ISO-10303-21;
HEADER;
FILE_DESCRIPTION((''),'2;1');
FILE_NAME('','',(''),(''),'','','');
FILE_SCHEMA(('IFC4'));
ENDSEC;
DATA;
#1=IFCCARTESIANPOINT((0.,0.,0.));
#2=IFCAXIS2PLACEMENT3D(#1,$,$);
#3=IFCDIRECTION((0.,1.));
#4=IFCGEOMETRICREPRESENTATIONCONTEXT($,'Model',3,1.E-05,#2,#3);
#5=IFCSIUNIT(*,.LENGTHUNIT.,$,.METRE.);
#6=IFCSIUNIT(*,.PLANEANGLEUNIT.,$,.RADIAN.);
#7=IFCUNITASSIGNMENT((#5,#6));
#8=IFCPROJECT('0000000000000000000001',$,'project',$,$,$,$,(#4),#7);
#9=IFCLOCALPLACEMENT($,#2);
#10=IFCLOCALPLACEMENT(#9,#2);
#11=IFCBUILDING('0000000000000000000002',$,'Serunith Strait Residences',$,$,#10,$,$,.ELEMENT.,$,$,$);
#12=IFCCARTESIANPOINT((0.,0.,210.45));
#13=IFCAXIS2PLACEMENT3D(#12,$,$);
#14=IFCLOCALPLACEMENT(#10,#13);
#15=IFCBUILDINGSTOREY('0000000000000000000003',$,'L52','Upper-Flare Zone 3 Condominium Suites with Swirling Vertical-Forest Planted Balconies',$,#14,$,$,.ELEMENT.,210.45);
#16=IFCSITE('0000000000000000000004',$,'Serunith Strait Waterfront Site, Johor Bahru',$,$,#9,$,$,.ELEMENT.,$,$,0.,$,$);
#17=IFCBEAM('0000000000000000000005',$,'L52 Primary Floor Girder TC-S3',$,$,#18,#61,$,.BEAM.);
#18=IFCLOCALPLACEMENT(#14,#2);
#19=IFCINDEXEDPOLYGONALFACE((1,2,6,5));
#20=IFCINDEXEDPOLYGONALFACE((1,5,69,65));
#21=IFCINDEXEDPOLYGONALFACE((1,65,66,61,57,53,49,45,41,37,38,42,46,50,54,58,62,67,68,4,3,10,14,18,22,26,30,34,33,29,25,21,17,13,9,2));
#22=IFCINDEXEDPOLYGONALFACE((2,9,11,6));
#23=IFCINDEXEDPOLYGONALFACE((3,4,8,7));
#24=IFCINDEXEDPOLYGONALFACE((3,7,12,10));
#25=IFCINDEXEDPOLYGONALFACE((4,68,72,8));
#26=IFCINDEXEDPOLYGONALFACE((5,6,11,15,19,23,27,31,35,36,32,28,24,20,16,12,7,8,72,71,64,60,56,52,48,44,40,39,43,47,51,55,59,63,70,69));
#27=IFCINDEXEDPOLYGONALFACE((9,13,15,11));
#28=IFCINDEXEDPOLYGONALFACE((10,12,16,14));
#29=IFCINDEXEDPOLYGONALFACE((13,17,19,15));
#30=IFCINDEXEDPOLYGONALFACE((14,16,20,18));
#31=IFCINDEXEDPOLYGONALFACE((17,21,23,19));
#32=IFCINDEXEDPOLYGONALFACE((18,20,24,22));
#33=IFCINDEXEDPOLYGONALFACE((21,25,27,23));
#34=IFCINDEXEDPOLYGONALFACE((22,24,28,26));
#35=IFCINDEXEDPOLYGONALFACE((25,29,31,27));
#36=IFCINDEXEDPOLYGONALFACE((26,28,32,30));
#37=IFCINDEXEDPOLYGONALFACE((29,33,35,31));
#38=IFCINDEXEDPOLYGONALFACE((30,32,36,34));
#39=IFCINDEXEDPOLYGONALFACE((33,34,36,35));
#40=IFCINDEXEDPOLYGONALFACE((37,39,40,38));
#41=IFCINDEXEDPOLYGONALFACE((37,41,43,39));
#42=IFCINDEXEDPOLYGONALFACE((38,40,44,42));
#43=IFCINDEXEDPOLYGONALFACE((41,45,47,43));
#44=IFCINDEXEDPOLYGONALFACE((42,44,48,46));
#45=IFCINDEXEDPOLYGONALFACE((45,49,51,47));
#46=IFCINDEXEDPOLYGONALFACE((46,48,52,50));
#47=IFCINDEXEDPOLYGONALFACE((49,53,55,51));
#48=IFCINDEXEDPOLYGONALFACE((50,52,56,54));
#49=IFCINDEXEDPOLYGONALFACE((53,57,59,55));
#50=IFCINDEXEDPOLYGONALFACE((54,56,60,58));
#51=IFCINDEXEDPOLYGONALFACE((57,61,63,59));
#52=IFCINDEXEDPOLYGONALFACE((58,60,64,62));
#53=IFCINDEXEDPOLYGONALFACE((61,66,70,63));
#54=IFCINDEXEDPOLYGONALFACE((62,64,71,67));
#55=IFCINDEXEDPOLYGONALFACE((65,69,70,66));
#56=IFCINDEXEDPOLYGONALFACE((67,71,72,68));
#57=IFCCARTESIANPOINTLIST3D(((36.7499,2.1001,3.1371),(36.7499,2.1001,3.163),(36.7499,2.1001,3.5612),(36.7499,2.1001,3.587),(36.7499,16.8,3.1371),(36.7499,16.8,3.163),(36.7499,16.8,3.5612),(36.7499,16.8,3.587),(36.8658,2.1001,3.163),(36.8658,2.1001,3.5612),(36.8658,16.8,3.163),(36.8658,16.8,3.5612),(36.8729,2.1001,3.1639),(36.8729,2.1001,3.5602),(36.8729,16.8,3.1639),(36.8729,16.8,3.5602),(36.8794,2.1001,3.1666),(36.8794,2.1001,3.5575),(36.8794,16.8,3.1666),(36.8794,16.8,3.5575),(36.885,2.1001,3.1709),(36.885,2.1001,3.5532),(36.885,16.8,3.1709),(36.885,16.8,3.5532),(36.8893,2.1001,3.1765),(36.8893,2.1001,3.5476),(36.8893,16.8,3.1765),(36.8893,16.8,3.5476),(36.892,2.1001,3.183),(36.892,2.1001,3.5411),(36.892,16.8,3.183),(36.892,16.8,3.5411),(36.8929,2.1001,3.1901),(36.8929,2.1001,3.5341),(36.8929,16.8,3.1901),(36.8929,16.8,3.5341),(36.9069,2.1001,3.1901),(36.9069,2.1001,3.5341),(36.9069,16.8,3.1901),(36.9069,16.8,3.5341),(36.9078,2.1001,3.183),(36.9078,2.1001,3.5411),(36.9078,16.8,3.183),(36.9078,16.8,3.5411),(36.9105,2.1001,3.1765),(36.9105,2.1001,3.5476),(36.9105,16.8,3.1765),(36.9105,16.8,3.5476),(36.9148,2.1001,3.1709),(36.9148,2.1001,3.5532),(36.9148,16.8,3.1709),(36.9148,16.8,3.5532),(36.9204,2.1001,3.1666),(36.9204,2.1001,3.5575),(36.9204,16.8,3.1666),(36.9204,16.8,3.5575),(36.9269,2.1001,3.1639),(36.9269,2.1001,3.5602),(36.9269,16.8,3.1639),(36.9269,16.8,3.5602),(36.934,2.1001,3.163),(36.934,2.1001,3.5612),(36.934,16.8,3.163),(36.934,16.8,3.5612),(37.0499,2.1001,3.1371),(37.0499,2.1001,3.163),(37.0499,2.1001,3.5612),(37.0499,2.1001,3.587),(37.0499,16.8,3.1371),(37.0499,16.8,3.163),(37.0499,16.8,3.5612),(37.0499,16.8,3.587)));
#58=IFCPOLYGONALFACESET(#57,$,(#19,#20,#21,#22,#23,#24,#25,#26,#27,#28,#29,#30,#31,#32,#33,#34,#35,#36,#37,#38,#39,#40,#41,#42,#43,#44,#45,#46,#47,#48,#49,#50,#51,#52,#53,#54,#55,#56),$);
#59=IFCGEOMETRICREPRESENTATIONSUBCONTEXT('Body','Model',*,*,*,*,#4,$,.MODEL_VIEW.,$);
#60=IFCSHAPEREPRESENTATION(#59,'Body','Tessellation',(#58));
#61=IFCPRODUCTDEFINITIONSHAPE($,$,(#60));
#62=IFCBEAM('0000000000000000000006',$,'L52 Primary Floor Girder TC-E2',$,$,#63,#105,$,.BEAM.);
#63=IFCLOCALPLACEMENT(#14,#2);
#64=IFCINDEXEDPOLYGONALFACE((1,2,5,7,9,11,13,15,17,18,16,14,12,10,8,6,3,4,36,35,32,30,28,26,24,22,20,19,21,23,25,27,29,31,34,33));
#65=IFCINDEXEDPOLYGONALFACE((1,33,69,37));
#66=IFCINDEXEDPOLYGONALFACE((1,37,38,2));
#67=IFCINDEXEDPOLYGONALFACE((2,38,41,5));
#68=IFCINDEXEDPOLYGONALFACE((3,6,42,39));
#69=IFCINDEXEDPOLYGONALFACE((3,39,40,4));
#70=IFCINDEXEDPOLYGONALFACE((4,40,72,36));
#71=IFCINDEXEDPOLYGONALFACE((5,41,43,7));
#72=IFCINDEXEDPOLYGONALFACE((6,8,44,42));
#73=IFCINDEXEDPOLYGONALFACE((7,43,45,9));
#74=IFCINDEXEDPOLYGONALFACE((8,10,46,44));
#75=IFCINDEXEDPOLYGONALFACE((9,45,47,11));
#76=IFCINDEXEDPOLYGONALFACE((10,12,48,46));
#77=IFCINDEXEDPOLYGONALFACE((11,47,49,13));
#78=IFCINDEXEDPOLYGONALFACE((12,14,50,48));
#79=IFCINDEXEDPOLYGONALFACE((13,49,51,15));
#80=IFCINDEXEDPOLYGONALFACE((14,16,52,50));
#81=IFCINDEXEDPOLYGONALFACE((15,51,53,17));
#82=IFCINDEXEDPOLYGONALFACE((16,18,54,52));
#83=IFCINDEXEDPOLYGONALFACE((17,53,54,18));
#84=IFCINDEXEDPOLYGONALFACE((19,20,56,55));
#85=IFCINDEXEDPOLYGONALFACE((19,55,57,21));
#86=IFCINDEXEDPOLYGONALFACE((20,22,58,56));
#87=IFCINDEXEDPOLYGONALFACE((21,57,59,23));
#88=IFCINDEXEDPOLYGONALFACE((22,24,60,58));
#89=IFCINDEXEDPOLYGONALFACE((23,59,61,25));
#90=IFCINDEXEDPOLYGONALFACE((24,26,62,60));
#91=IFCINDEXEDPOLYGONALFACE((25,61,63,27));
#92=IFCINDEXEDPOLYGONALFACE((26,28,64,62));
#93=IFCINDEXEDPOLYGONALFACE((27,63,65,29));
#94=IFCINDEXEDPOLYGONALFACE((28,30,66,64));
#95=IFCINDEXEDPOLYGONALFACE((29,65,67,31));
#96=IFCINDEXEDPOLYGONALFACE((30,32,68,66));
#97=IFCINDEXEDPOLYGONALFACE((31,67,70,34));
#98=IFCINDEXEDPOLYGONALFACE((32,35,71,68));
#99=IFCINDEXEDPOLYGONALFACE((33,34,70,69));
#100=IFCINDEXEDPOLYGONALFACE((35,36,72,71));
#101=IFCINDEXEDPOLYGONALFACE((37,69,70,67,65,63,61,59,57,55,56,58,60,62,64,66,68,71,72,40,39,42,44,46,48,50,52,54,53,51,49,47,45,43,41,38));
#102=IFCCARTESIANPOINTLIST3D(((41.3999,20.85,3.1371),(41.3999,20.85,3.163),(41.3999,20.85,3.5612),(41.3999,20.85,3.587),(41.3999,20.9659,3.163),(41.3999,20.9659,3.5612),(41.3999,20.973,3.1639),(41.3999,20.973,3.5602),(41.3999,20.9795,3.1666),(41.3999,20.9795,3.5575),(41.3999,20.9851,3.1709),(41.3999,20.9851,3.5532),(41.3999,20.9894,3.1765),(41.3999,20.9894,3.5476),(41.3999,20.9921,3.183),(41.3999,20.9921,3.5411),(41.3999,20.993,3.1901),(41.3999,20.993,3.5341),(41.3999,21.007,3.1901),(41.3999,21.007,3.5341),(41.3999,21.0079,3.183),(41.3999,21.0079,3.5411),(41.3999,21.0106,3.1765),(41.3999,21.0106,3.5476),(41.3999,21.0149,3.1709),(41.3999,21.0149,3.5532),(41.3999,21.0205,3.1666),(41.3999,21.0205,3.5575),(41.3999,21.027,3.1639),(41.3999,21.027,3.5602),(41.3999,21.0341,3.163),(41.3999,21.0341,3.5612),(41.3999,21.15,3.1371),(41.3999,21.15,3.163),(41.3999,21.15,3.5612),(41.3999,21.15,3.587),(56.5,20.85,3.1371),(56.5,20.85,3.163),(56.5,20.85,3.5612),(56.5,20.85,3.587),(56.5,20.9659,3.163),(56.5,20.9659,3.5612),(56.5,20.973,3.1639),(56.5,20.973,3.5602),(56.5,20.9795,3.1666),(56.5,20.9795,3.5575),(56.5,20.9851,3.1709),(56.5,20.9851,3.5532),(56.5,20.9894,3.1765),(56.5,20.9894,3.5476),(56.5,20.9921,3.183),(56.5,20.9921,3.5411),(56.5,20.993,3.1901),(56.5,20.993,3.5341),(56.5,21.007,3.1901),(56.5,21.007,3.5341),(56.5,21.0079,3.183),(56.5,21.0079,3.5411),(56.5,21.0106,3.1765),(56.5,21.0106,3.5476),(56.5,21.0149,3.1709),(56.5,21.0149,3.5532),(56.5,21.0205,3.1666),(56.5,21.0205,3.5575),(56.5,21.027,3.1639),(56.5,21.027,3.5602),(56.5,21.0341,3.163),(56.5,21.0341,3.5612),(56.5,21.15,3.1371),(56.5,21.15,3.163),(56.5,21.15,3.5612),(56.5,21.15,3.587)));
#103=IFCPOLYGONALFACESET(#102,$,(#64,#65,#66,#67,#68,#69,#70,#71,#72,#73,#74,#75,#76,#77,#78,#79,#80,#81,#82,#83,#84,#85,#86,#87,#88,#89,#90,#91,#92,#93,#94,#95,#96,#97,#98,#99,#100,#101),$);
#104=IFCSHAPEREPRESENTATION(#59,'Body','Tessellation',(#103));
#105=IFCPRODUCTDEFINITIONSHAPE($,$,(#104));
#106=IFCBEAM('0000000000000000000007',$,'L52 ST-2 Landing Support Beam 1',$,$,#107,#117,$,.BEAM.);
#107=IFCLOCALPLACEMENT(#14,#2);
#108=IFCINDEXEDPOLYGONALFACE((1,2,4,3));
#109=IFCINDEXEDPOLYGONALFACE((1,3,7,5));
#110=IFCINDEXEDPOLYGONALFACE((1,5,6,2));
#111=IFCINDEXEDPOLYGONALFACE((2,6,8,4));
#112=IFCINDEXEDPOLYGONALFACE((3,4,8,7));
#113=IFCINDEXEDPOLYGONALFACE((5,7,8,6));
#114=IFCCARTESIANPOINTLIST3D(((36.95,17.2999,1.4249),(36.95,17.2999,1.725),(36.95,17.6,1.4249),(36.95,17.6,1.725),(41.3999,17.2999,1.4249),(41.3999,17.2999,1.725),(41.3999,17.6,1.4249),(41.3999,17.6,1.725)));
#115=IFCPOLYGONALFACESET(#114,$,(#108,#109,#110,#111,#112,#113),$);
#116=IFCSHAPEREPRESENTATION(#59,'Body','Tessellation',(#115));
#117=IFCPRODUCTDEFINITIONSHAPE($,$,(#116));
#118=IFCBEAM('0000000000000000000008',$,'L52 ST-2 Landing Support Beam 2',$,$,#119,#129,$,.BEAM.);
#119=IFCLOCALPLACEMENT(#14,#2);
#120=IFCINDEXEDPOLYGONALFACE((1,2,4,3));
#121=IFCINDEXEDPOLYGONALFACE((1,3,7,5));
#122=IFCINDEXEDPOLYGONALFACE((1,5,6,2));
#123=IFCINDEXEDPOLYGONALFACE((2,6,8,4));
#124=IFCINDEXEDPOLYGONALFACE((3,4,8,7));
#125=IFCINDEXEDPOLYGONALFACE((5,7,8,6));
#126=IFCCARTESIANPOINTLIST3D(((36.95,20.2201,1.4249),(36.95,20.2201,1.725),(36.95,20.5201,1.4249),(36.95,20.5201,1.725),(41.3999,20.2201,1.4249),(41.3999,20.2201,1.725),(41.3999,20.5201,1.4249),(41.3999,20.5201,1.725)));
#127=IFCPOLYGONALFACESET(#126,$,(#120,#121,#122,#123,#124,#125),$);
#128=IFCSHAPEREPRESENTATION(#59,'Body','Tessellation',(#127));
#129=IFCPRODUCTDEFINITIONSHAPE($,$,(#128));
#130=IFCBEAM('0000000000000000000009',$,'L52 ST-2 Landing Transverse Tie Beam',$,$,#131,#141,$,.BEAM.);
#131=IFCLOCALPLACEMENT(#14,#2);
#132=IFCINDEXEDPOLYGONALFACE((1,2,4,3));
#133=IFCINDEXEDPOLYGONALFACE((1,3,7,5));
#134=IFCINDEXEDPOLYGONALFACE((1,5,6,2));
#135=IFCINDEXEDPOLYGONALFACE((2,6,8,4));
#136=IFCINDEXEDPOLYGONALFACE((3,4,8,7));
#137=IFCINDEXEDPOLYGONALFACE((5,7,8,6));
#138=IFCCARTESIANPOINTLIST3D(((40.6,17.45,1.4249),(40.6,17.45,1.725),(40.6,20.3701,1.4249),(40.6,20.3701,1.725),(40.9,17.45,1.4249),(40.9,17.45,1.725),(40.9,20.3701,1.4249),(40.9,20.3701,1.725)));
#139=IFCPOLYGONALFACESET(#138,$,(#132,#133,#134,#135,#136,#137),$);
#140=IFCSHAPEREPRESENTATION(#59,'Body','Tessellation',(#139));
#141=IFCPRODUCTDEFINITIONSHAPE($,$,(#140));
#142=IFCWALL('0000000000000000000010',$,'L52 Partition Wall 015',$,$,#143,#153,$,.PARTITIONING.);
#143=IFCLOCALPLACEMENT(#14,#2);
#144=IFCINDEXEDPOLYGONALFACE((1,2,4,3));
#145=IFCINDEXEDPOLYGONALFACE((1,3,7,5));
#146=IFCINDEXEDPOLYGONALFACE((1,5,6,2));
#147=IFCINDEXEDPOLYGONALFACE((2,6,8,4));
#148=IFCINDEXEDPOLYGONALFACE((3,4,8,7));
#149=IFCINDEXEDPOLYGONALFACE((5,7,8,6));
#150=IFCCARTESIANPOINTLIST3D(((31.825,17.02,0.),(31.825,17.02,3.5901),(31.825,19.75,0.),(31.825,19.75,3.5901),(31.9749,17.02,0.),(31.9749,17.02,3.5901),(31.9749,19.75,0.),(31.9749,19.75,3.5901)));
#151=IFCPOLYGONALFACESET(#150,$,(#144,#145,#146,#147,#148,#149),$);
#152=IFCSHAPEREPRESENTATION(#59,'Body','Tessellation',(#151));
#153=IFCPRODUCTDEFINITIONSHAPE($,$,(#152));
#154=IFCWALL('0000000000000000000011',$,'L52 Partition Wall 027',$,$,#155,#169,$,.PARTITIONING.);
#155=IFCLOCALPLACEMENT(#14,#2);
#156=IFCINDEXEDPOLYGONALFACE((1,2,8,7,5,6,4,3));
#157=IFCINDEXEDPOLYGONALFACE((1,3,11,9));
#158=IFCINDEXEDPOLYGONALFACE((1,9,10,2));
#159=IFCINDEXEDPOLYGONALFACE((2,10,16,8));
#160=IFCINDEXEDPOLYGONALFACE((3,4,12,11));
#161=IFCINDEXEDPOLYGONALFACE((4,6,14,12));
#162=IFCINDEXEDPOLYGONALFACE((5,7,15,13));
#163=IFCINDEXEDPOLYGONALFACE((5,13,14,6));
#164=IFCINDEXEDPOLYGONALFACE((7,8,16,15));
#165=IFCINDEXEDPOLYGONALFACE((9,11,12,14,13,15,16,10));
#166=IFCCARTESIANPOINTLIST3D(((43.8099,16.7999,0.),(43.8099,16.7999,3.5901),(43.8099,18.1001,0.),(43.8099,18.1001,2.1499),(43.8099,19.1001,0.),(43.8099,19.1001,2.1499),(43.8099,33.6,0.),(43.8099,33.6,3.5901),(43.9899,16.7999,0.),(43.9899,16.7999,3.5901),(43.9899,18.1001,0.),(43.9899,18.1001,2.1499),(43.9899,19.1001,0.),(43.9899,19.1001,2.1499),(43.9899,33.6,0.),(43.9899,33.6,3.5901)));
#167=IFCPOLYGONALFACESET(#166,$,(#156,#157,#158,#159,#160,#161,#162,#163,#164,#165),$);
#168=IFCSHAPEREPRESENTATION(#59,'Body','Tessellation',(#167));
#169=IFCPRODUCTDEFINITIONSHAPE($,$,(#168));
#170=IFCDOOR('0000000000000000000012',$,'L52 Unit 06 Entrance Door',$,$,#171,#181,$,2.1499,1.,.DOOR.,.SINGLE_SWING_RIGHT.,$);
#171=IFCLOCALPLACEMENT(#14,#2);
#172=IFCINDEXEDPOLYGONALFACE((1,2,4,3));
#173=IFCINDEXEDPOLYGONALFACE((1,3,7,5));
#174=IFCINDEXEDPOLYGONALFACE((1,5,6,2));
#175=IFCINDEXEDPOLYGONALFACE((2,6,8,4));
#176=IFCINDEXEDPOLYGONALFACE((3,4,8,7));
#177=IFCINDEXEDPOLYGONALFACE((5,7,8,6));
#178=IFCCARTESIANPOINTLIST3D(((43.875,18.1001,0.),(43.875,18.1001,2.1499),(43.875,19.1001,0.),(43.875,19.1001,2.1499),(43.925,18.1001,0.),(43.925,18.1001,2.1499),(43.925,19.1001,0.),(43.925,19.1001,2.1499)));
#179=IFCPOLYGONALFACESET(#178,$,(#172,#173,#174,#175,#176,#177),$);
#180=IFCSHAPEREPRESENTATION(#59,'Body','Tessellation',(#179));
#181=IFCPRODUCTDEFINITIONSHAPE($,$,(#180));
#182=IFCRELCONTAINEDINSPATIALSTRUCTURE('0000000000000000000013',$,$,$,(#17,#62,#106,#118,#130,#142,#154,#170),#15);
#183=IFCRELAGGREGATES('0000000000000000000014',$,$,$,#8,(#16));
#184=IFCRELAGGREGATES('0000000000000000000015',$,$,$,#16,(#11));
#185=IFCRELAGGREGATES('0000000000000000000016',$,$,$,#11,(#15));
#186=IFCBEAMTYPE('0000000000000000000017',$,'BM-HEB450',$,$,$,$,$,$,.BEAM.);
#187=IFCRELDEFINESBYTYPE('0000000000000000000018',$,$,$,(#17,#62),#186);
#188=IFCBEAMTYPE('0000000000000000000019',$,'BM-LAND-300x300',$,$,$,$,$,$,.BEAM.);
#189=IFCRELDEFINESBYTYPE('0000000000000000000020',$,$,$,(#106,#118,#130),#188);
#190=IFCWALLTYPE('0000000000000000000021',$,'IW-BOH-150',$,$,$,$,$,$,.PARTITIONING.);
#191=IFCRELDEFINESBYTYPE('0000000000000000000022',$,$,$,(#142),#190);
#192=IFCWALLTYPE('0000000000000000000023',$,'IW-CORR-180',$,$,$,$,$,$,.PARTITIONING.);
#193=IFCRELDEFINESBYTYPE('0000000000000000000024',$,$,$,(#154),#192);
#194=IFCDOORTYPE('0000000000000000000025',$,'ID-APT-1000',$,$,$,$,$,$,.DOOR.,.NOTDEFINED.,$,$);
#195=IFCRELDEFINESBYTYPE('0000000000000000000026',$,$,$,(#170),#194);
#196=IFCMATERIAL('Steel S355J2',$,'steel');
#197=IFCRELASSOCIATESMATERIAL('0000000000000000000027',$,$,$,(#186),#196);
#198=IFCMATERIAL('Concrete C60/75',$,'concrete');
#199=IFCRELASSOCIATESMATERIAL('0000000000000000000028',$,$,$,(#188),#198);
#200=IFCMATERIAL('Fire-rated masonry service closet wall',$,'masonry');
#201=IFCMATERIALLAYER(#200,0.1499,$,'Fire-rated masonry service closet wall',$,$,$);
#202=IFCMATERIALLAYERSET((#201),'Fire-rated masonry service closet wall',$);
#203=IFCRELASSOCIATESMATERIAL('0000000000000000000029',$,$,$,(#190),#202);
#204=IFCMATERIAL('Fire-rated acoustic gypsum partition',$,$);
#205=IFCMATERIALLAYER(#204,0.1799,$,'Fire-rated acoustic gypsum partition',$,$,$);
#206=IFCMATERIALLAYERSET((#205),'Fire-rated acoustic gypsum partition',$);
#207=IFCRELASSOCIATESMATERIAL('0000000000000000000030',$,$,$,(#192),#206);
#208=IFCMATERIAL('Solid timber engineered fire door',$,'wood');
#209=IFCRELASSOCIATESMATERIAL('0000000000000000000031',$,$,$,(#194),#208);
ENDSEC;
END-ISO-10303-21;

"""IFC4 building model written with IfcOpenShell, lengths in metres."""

from ifc_helpers import new_model, si_unit, direction, frame, frame_2d, origin, origin_2d, place, context, subcontext, project, spatial, rectangle, i_section, extrude, source, transform, mapped, material, layer, layer_set, material_profile, profile_set, type_object, element, fill, save


model = new_model("IFC4")

# Units and contexts
model_context = context("Model", 3, precision=1e-05, world=origin(), true_north=direction((0.0, 1.0)))
body_context = subcontext(model_context, "Body", "Model", "MODEL_VIEW")
ifc_project = project(units=[si_unit("LENGTHUNIT", "METRE"), si_unit("PLANEANGLEUNIT", "RADIAN")], contexts=[model_context])

# Site, building, storey
site_placement = place(None, origin())
site = spatial("IfcSite", under=ifc_project, at=site_placement, Name="Serunith Strait Waterfront Site, Johor Bahru", CompositionType="ELEMENT", RefElevation=0.0)
building_placement = place(site_placement, origin())
building = spatial("IfcBuilding", under=site, at=building_placement, Name="Serunith Strait Residences", CompositionType="ELEMENT")
storey_placement = place(building_placement, frame((0.0, 0.0, 210.45)))
storey = spatial("IfcBuildingStorey", under=building, at=storey_placement, Name="L52", Description="Upper-Flare Zone 3 Condominium Suites with Swirling Vertical-Forest Planted Balconies", CompositionType="ELEMENT", Elevation=210.45)

# Beams
ifc_material_1 = material(Name="Steel S355J2", Category="steel")
ifc_material_profile_1 = material_profile(ifc_material_1, i_section(OverallWidth=0.3, OverallDepth=0.45, WebThickness=0.0139, FlangeThickness=0.0259, FilletRadius=0.0271, at=origin_2d()), Name="HEB 450")
ifc_profile_set_1 = profile_set([ifc_material_profile_1], Name="Steel S355J2")
beam_type_1 = type_object("IfcBeamType", Name="BM-HEB450", PredefinedType="BEAM", material=ifc_profile_set_1)
shared_shape_1 = source(origin(), body_context, "Body", "SweptSolid", [
    extrude(i_section(OverallWidth=0.3, OverallDepth=0.45, WebThickness=0.0139, FlangeThickness=0.0259, FilletRadius=0.0271, at=origin_2d()), origin(), (0.0, 0.0, 1.0), 14.7),
])
beam_1_placement = place(storey_placement, frame((36.8999, 16.8, 3.3621), z_axis=(0.0, -1.0, 0.0), x_axis=(1.0, 0.0, 0.0)))
element("IfcBeam", 1, at=beam_1_placement, inside=storey, type_object=beam_type_1, Name="L52 Primary Floor Girder TC-S3", PredefinedType="BEAM", context=body_context, shape_type="MappedRepresentation", body=[
    mapped(shared_shape_1, transform((0.0, 0.0, 0.0), scale=1.0)),
])
shared_shape_2 = source(origin(), body_context, "Body", "SweptSolid", [
    extrude(i_section(OverallWidth=0.3, OverallDepth=0.45, WebThickness=0.0139, FlangeThickness=0.0259, FilletRadius=0.0271, at=origin_2d()), origin(), (0.0, 0.0, 1.0), 15.1001),
])
beam_2_placement = place(storey_placement, frame((41.3999, 21.0, 3.3621), z_axis=(1.0, 0.0, 0.0), x_axis=(0.0, 1.0, 0.0)))
element("IfcBeam", 2, at=beam_2_placement, inside=storey, type_object=beam_type_1, Name="L52 Primary Floor Girder TC-E2", PredefinedType="BEAM", context=body_context, shape_type="MappedRepresentation", body=[
    mapped(shared_shape_2, transform((0.0, 0.0, 0.0), scale=1.0)),
])
ifc_material_2 = material(Name="Concrete C60/75", Category="concrete")
ifc_material_profile_2 = material_profile(ifc_material_2, rectangle(XDim=0.3, YDim=0.3, at=origin_2d()), Name="RC 300x300")
ifc_profile_set_2 = profile_set([ifc_material_profile_2], Name="Concrete C60/75")
beam_type_2 = type_object("IfcBeamType", Name="BM-LAND-300x300", PredefinedType="BEAM", material=ifc_profile_set_2)
shared_shape_3 = source(origin(), body_context, "Body", "SweptSolid", [
    extrude(rectangle(XDim=0.3, YDim=0.3, at=origin_2d()), origin(), (0.0, 0.0, 1.0), 4.45),
])
for number, where, z_axis, x_axis, name in (
    (3, (36.95, 17.45, 1.575), (1.0, 0.0, 0.0), (0.0, 1.0, 0.0), "L52 ST-2 Landing Support Beam 1"),
    (4, (36.95, 20.3701, 1.575), (1.0, 0.0, 0.0), (0.0, 1.0, 0.0), "L52 ST-2 Landing Support Beam 2"),
):
    element("IfcBeam", number, at=place(storey_placement, frame(where, z_axis=z_axis, x_axis=x_axis)), inside=storey, type_object=beam_type_2, Name=name, PredefinedType="BEAM", context=body_context, shape_type="MappedRepresentation", body=[
        mapped(shared_shape_3, transform((0.0, 0.0, 0.0), scale=1.0)),
    ])
shared_shape_4 = source(origin(), body_context, "Body", "SweptSolid", [
    extrude(rectangle(XDim=0.3, YDim=0.3, at=origin_2d()), origin(), (0.0, 0.0, 1.0), 2.9202),
])
beam_3_placement = place(storey_placement, frame((40.75, 17.45, 1.575), z_axis=(0.0, 1.0, 0.0), x_axis=(-1.0, 0.0, 0.0)))
element("IfcBeam", 5, at=beam_3_placement, inside=storey, type_object=beam_type_2, Name="L52 ST-2 Landing Transverse Tie Beam", PredefinedType="BEAM", context=body_context, shape_type="MappedRepresentation", body=[
    mapped(shared_shape_4, transform((0.0, 0.0, 0.0), scale=1.0)),
])

# Wall
ifc_material_3 = material(Name="Fire-rated masonry service closet wall", Category="masonry")
ifc_layer_1 = layer(ifc_material_3, 0.1499, Name="Fire-rated masonry service closet wall")
ifc_layer_set_1 = layer_set([ifc_layer_1], Name="Fire-rated masonry service closet wall")
wall_type_1 = type_object("IfcWallType", Name="IW-BOH-150", PredefinedType="PARTITIONING", material=ifc_layer_set_1)
wall_1_placement = place(storey_placement, frame((31.8999, 17.02, 0.0), z_axis=(0.0, 0.0, 1.0), x_axis=(0.0, 1.0, 0.0)))
element("IfcWall", 6, at=wall_1_placement, inside=storey, type_object=wall_type_1, Name="L52 Partition Wall 015", PredefinedType="PARTITIONING", context=body_context, shape_type="SweptSolid", body=[
    extrude(rectangle(XDim=2.73, YDim=0.1499, at=frame_2d((1.365, 0.0))), origin(), (0.0, 0.0, 1.0), 3.5901),
])

# Wall, opening, door
ifc_material_4 = material(Name="Fire-rated acoustic gypsum partition")
ifc_layer_2 = layer(ifc_material_4, 0.1799, Name="Fire-rated acoustic gypsum partition")
ifc_layer_set_2 = layer_set([ifc_layer_2], Name="Fire-rated acoustic gypsum partition")
wall_type_2 = type_object("IfcWallType", Name="IW-CORR-180", PredefinedType="PARTITIONING", material=ifc_layer_set_2)
ifc_material_5 = material(Name="Solid timber engineered fire door", Category="wood")
door_type_1 = type_object("IfcDoorType", Name="ID-APT-1000", OperationType="NOTDEFINED", PredefinedType="DOOR", material=ifc_material_5)
shared_shape_5 = source(origin(), body_context, "Body", "SweptSolid", [
    extrude(rectangle(XDim=1.0, YDim=2.1499, at=frame_2d((0.5, 1.075))), frame((0.0, 0.0249, 0.0), z_axis=(0.0, -1.0, 0.0), x_axis=(1.0, 0.0, 0.0)), (0.0, 0.0, 1.0), 0.05),
])
wall_2_placement = place(storey_placement, frame((43.8999, 16.8, 0.0), z_axis=(0.0, 0.0, 1.0), x_axis=(0.0, 1.0, 0.0)))
wall_2 = element("IfcWall", 7, at=wall_2_placement, inside=storey, type_object=wall_type_2, Name="L52 Partition Wall 027", PredefinedType="PARTITIONING", context=body_context, shape_type="SweptSolid", body=[
    extrude(rectangle(XDim=16.8, YDim=0.1799, at=frame_2d((8.3999, 0.0))), origin(), (0.0, 0.0, 1.0), 3.5901),
])
opening_1_placement = place(wall_2_placement, frame((1.3, 0.0, 0.0)))
opening_1 = element("IfcOpeningElement", 8, at=opening_1_placement, cuts=wall_2, PredefinedType="OPENING", context=body_context, shape_type="SweptSolid", body=[
    extrude(rectangle(XDim=1.0, YDim=2.1499, at=frame_2d((0.5, 1.075))), frame((0.0, 0.1001, 0.0), z_axis=(0.0, -1.0, 0.0), x_axis=(1.0, 0.0, 0.0)), (0.0, 0.0, 1.0), 0.2),
])
door_1_placement = place(opening_1_placement, origin())
door_1 = element("IfcDoor", 9, at=door_1_placement, inside=storey, type_object=door_type_1, Name="L52 Unit 06 Entrance Door", OperationType="SINGLE_SWING_RIGHT", OverallHeight=2.1499, OverallWidth=1.0, PredefinedType="DOOR", context=body_context, shape_type="MappedRepresentation", body=[
    mapped(shared_shape_5, transform((0.0, 0.0, 0.0), scale=1.0)),
])
fill(opening_1, door_1)

save(model, "model.ifc")
